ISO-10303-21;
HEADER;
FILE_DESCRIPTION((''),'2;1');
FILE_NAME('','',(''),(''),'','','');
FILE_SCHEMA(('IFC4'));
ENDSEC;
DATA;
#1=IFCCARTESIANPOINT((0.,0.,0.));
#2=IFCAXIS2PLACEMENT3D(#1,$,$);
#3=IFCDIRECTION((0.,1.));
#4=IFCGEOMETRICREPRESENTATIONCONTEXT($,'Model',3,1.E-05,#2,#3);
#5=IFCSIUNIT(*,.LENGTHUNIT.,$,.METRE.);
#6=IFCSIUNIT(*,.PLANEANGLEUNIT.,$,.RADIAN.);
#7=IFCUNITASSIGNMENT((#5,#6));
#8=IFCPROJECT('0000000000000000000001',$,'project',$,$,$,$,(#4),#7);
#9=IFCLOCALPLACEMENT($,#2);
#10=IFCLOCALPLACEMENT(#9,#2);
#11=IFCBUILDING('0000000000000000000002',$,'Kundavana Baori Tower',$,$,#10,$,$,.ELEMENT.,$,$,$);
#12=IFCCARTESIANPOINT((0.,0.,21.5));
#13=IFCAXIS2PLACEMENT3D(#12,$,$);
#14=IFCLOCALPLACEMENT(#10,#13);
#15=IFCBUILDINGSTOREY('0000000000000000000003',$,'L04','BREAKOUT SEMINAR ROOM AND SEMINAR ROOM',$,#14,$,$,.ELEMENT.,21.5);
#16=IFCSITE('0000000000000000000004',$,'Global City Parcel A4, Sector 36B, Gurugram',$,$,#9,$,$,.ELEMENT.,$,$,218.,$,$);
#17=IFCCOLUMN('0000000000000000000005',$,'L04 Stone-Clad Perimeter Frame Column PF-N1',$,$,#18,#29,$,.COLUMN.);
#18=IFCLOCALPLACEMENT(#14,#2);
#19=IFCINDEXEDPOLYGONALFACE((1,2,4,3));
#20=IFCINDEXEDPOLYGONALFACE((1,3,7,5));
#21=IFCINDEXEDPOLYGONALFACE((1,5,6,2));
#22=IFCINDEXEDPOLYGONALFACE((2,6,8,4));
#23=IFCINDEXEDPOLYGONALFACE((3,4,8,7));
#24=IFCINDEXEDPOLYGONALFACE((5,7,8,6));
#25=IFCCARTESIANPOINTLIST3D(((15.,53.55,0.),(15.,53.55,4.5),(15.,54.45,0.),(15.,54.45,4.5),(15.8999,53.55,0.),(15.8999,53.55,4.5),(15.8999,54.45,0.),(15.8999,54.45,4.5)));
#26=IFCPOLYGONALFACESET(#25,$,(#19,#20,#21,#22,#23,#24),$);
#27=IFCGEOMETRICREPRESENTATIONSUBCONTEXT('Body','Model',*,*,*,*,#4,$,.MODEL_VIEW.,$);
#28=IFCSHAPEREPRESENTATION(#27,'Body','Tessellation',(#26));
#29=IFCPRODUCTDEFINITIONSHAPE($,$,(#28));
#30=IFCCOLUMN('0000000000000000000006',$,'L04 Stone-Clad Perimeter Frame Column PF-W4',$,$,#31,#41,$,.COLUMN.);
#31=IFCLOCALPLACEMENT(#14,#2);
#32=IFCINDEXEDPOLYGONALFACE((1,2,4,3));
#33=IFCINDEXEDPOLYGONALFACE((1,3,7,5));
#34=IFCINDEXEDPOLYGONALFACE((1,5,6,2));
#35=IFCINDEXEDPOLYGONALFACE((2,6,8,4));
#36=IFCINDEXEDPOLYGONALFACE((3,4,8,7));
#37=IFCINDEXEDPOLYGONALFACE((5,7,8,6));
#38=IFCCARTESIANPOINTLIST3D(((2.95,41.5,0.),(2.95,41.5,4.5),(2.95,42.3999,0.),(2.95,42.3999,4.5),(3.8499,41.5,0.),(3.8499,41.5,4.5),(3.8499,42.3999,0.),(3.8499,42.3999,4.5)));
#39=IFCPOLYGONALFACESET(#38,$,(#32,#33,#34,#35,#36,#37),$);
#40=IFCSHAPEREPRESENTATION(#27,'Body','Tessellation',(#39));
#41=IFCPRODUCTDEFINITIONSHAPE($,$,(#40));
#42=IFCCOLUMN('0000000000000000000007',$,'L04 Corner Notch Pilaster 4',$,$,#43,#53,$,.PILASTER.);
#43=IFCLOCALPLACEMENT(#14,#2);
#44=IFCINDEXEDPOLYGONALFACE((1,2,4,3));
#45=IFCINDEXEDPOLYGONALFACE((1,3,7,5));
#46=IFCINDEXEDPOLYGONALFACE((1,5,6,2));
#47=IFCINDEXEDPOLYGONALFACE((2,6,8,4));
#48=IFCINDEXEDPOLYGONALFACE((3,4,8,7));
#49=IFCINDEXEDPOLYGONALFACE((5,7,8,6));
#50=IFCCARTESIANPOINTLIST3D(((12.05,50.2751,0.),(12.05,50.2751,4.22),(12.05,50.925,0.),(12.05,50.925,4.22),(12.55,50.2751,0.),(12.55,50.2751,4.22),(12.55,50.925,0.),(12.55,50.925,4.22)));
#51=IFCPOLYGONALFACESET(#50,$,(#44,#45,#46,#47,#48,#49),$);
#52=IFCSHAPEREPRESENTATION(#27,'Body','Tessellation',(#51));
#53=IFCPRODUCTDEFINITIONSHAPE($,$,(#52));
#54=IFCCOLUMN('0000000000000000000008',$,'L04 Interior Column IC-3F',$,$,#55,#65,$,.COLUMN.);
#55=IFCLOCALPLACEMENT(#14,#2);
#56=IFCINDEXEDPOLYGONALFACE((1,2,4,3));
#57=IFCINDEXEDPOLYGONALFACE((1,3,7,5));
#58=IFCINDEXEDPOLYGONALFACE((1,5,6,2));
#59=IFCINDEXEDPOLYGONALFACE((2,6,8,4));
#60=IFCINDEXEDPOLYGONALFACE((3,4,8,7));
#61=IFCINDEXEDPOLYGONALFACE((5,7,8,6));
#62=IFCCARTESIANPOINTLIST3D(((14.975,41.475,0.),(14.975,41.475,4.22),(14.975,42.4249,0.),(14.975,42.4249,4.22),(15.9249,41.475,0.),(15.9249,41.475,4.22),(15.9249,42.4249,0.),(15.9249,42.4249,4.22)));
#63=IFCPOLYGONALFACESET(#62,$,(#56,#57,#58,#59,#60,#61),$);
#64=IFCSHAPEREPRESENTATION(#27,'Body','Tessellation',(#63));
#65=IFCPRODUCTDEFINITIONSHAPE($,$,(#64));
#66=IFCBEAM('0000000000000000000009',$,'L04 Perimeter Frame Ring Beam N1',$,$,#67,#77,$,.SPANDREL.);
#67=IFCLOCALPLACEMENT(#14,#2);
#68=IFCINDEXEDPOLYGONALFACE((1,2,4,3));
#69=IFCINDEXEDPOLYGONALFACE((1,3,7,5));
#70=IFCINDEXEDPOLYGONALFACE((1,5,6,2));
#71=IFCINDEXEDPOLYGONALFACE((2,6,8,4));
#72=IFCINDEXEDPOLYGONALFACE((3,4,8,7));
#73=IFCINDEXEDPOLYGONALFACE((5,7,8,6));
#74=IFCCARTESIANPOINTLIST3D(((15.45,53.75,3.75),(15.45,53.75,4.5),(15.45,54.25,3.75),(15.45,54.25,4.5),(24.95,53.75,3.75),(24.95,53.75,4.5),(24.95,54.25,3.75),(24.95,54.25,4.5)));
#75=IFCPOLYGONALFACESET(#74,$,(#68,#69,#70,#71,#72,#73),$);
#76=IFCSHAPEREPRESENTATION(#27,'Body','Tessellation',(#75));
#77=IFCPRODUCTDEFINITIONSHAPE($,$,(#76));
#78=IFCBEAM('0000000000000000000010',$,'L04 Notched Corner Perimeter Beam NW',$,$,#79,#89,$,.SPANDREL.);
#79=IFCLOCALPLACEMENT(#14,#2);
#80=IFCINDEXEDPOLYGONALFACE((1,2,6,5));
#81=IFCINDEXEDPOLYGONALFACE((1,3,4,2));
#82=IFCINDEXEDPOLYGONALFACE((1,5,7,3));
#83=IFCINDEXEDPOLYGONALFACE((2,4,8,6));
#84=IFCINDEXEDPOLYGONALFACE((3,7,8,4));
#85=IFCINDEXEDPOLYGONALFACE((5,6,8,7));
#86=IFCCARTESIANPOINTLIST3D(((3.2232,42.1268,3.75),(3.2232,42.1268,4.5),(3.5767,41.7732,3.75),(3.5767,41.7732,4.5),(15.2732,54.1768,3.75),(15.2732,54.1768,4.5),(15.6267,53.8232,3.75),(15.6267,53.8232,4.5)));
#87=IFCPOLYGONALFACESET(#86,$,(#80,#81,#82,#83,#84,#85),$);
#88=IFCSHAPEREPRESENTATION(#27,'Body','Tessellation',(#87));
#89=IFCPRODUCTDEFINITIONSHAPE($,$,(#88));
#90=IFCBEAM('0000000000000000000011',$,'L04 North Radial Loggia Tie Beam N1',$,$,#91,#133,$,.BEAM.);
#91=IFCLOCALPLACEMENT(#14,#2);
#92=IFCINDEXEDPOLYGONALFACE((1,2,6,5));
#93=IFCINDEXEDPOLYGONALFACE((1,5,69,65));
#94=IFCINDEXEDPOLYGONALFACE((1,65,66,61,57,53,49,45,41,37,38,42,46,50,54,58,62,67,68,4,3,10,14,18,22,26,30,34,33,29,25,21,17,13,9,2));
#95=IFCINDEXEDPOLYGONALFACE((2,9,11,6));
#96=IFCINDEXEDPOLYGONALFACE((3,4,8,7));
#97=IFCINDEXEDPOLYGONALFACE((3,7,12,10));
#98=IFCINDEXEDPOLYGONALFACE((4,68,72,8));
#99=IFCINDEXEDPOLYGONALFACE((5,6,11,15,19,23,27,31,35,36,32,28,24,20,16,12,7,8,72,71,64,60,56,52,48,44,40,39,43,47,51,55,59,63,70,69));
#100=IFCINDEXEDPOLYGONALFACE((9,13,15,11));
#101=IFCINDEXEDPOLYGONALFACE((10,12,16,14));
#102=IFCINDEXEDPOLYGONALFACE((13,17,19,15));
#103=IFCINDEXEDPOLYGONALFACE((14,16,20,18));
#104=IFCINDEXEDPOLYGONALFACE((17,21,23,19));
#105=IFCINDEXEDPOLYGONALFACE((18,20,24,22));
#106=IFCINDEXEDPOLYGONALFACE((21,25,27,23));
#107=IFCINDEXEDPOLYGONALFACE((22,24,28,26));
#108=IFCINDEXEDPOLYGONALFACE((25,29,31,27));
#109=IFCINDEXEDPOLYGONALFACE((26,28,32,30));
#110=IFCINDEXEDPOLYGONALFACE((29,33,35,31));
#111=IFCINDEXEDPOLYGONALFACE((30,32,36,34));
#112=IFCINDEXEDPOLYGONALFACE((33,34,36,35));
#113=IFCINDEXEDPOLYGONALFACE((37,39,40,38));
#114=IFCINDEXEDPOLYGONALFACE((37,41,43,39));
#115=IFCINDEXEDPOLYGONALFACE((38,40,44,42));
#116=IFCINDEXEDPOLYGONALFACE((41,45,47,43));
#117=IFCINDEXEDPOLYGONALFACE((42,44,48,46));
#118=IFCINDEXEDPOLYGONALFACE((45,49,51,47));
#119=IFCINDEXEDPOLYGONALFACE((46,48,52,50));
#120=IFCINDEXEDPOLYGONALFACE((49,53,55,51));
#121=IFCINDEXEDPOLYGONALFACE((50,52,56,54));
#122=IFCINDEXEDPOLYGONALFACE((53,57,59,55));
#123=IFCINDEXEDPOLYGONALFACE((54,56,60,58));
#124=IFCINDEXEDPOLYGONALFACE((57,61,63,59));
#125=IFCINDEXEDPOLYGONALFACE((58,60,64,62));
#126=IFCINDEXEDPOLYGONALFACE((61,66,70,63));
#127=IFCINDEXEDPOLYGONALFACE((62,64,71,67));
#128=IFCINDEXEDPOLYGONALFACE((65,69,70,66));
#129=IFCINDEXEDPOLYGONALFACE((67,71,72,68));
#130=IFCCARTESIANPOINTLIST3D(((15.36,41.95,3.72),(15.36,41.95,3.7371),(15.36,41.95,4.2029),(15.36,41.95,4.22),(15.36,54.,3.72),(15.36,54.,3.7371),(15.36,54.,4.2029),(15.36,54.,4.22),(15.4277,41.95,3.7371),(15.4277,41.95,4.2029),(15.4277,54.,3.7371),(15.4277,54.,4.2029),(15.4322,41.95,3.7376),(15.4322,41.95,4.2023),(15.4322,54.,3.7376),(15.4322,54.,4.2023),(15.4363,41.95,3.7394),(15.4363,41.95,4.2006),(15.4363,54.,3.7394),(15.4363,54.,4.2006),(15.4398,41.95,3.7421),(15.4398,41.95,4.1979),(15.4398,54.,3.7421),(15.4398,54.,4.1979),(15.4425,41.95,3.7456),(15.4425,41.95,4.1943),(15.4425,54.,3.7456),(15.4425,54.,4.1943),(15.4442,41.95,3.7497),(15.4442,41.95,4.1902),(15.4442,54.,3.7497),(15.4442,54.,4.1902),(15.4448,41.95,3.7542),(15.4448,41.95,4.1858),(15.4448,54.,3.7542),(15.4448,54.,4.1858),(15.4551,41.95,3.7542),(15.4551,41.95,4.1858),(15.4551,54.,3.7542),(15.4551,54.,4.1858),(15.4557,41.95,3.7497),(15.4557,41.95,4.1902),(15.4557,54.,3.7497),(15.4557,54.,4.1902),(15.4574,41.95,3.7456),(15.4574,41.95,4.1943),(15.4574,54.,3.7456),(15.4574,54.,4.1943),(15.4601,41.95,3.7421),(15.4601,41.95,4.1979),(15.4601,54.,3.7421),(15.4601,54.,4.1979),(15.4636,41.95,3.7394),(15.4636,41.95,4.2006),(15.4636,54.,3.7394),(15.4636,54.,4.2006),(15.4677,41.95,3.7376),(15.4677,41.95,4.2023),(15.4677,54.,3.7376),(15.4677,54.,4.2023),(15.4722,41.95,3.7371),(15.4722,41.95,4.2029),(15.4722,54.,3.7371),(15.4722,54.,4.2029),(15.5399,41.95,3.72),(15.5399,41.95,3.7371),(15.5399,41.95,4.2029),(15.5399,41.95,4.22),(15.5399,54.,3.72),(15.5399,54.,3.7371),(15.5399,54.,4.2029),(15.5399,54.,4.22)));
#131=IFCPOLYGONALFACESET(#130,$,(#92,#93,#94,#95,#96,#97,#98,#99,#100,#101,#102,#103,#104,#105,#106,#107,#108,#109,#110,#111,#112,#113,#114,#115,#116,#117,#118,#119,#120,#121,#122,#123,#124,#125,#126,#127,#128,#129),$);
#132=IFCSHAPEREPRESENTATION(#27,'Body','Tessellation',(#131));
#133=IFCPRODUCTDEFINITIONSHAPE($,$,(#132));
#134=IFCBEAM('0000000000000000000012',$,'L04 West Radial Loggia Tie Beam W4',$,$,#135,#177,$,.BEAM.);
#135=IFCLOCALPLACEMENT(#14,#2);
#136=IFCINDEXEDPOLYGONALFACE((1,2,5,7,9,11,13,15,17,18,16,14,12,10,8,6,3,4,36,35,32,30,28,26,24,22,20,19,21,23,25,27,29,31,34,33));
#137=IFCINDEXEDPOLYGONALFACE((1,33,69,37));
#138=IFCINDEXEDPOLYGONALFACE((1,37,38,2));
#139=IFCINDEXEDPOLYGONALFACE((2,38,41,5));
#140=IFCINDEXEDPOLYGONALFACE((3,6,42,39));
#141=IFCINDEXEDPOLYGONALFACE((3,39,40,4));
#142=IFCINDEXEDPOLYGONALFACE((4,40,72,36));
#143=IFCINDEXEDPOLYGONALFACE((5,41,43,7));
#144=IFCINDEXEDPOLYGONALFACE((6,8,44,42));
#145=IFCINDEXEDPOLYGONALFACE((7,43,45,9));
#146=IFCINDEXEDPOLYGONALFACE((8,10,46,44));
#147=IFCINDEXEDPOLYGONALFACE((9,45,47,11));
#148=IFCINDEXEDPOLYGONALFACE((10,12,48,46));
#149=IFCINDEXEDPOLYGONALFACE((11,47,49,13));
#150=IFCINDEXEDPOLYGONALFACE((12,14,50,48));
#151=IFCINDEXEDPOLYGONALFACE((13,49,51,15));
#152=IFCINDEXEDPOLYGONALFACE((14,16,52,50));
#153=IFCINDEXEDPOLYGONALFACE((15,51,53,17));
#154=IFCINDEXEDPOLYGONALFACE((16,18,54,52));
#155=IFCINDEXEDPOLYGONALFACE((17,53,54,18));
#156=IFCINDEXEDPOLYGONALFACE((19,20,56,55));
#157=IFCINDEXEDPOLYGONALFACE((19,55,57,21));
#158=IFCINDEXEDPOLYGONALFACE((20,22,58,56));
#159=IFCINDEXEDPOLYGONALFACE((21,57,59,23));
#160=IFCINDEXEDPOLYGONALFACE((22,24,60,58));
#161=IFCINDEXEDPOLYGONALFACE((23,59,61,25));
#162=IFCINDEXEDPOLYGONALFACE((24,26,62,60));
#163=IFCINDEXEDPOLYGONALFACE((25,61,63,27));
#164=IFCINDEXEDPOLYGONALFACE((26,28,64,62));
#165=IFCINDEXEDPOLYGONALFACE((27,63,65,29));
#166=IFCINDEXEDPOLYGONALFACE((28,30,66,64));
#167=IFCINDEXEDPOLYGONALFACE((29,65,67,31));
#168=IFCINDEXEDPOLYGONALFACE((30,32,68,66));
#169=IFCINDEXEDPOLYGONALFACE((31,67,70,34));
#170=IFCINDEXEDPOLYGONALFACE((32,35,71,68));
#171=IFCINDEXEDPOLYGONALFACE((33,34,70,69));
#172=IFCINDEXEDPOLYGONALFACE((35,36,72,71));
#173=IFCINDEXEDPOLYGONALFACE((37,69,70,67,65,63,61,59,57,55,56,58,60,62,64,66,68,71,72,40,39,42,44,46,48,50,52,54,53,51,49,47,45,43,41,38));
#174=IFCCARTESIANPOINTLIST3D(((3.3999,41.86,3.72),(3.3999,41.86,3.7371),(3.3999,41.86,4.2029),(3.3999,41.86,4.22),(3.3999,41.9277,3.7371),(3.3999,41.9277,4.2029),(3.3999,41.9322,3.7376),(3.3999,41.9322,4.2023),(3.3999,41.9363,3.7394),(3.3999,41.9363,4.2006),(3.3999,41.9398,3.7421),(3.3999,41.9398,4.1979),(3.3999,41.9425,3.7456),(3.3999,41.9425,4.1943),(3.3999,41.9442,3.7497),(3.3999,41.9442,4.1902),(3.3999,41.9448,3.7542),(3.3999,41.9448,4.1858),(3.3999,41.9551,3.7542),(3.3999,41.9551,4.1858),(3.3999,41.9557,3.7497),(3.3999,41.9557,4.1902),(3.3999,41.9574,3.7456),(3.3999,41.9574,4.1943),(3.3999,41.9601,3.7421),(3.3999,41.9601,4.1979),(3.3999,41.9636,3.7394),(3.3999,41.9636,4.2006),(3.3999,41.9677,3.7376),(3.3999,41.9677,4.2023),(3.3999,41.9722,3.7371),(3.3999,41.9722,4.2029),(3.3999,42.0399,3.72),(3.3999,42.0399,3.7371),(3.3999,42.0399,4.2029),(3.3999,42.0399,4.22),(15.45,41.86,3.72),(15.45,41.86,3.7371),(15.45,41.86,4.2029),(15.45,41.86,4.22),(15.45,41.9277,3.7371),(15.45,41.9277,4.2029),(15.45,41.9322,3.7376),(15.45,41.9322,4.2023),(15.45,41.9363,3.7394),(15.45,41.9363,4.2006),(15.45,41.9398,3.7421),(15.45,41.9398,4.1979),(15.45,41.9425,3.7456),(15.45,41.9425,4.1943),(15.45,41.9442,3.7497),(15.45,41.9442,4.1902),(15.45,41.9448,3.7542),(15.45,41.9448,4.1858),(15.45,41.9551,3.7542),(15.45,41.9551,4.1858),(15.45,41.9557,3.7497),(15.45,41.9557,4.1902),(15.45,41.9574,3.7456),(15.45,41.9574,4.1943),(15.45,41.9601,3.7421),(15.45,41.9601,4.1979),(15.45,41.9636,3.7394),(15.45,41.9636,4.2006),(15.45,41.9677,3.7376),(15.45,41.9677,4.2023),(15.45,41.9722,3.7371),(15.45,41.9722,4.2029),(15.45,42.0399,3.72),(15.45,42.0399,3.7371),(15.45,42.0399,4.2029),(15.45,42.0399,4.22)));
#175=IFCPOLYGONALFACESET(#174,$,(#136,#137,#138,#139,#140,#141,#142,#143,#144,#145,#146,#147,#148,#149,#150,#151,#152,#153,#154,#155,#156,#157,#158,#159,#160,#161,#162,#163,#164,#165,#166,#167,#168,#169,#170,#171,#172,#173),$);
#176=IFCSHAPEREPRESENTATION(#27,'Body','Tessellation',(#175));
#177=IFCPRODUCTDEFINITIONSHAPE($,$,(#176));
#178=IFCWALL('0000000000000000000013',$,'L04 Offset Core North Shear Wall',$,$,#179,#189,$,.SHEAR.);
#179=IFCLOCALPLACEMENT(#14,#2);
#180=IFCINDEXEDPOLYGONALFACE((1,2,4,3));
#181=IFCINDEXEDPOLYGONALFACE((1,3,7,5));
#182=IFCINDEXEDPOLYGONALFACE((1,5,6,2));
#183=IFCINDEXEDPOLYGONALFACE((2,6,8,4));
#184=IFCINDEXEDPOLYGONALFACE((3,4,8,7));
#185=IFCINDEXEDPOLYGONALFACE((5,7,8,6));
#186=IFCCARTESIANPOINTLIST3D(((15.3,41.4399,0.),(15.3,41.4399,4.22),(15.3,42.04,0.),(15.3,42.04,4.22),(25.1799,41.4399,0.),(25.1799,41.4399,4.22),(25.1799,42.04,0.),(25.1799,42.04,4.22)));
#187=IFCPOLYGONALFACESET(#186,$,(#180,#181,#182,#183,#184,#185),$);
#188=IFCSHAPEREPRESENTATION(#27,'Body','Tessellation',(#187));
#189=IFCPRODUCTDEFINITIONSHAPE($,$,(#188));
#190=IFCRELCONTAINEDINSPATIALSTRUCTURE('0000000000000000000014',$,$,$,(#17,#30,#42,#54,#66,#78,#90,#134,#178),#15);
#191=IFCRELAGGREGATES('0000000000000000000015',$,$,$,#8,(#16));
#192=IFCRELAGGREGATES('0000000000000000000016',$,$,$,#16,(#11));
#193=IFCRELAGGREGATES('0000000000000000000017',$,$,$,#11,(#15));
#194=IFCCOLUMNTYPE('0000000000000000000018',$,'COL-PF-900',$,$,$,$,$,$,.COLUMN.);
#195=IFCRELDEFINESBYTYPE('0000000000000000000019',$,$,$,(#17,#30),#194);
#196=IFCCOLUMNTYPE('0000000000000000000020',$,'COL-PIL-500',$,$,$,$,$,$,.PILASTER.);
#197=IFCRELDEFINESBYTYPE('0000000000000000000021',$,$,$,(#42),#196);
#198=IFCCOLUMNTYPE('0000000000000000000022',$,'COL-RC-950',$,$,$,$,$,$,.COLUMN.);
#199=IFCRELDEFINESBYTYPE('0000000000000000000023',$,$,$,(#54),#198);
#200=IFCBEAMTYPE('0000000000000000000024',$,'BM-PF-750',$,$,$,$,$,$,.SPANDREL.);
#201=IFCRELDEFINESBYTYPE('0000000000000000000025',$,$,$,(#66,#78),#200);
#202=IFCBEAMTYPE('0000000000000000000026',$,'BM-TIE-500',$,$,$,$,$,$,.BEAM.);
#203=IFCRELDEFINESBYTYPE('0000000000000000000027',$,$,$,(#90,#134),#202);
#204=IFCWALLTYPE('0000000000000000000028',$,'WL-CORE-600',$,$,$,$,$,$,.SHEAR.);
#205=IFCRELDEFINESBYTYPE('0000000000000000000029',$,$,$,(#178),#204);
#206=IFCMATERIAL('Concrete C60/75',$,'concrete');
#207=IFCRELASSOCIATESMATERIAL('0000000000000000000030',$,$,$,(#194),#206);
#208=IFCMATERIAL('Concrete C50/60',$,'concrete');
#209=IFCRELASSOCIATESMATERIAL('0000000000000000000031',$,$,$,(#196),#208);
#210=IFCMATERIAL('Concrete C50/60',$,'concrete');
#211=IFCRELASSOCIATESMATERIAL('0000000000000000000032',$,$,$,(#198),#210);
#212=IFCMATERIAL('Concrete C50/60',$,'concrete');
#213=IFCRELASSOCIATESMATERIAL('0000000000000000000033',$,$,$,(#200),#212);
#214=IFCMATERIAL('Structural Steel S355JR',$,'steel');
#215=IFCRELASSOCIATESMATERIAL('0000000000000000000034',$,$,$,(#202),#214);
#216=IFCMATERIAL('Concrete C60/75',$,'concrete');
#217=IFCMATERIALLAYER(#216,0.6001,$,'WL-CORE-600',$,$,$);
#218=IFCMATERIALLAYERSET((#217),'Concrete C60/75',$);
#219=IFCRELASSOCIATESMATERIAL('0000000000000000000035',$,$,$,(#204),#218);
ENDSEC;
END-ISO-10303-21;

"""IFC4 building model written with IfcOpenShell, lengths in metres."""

from ifc_helpers import new_model, si_unit, direction, frame, frame_2d, origin, origin_2d, place, context, subcontext, project, spatial, rectangle, i_section, extrude, material, layer, layer_set, material_profile, profile_set, type_object, element, save


model = new_model("IFC4")

# Units and contexts
model_context = context("Model", 3, precision=1e-05, world=origin(), true_north=direction((0.0, 1.0)))
body_context = subcontext(model_context, "Body", "Model", "MODEL_VIEW")
ifc_project = project(units=[si_unit("LENGTHUNIT", "METRE"), si_unit("PLANEANGLEUNIT", "RADIAN")], contexts=[model_context])

# Site, building, storey
site_placement = place(None, origin())
site = spatial("IfcSite", under=ifc_project, at=site_placement, Name="Global City Parcel A4, Sector 36B, Gurugram", CompositionType="ELEMENT", RefElevation=218.0)
building_placement = place(site_placement, origin())
building = spatial("IfcBuilding", under=site, at=building_placement, Name="Kundavana Baori Tower", CompositionType="ELEMENT")
storey_placement = place(building_placement, frame((0.0, 0.0, 21.5)))
storey = spatial("IfcBuildingStorey", under=building, at=storey_placement, Name="L04", Description="BREAKOUT SEMINAR ROOM AND SEMINAR ROOM", CompositionType="ELEMENT", Elevation=21.5)

# Columns
ifc_material_1 = material(Name="Concrete C60/75", Category="concrete")
ifc_material_profile_1 = material_profile(ifc_material_1, rectangle(XDim=0.8999, YDim=0.8999, at=origin_2d()), Name="RC PF 900x900")
ifc_profile_set_1 = profile_set([ifc_material_profile_1], Name="Concrete C60/75")
column_type_1 = type_object("IfcColumnType", Name="COL-PF-900", PredefinedType="COLUMN", material=ifc_profile_set_1)
for number, where, z_axis, x_axis, name in (
    (1, (15.45, 54.0, 0.0), (0.0, 0.0, 1.0), (1.0, 0.0, 0.0), "L04 Stone-Clad Perimeter Frame Column PF-N1"),
    (2, (3.3999, 41.95, 0.0), (0.0, 0.0, 1.0), (1.0, 0.0, 0.0), "L04 Stone-Clad Perimeter Frame Column PF-W4"),
):
    element("IfcColumn", number, at=place(storey_placement, frame(where, z_axis=z_axis, x_axis=x_axis)), inside=storey, type_object=column_type_1, Name=name, PredefinedType="COLUMN", context=body_context, shape_type="SweptSolid", body=[
        extrude(rectangle(XDim=0.8999, YDim=0.8999, at=origin_2d()), origin(), (0.0, 0.0, 1.0), 4.5),
    ])
ifc_material_2 = material(Name="Concrete C50/60", Category="concrete")
ifc_material_profile_2 = material_profile(ifc_material_2, rectangle(XDim=0.5, YDim=0.6499, at=origin_2d()), Name="RC PIL 500x650")
ifc_profile_set_2 = profile_set([ifc_material_profile_2], Name="Concrete C50/60")
column_type_2 = type_object("IfcColumnType", Name="COL-PIL-500", PredefinedType="PILASTER", material=ifc_profile_set_2)
column_1_placement = place(storey_placement, frame((12.3, 50.6001, 0.0), z_axis=(0.0, 0.0, 1.0), x_axis=(1.0, 0.0, 0.0)))
element("IfcColumn", 3, at=column_1_placement, inside=storey, type_object=column_type_2, Name="L04 Corner Notch Pilaster 4", PredefinedType="PILASTER", context=body_context, shape_type="SweptSolid", body=[
    extrude(rectangle(XDim=0.5, YDim=0.6499, at=origin_2d()), origin(), (0.0, 0.0, 1.0), 4.22),
])
ifc_material_3 = material(Name="Concrete C50/60", Category="concrete")
ifc_material_profile_3 = material_profile(ifc_material_3, rectangle(XDim=0.95, YDim=0.95, at=origin_2d()), Name="RC 950x950")
ifc_profile_set_3 = profile_set([ifc_material_profile_3], Name="Concrete C50/60")
column_type_3 = type_object("IfcColumnType", Name="COL-RC-950", PredefinedType="COLUMN", material=ifc_profile_set_3)
column_2_placement = place(storey_placement, frame((15.45, 41.95, 0.0), z_axis=(0.0, 0.0, 1.0), x_axis=(1.0, 0.0, 0.0)))
element("IfcColumn", 4, at=column_2_placement, inside=storey, type_object=column_type_3, Name="L04 Interior Column IC-3F", PredefinedType="COLUMN", context=body_context, shape_type="SweptSolid", body=[
    extrude(rectangle(XDim=0.95, YDim=0.95, at=origin_2d()), origin(), (0.0, 0.0, 1.0), 4.22),
])

# Beams
ifc_material_4 = material(Name="Concrete C50/60", Category="concrete")
ifc_material_profile_4 = material_profile(ifc_material_4, rectangle(XDim=0.5, YDim=0.75, at=origin_2d()), Name="RC BM 500x750")
ifc_profile_set_4 = profile_set([ifc_material_profile_4], Name="Concrete C50/60")
beam_type_1 = type_object("IfcBeamType", Name="BM-PF-750", PredefinedType="SPANDREL", material=ifc_profile_set_4)
beam_1_placement = place(storey_placement, frame((15.45, 54.0, 4.125), z_axis=(1.0, 0.0, 0.0), x_axis=(0.0, 1.0, 0.0)))
element("IfcBeam", 5, at=beam_1_placement, inside=storey, type_object=beam_type_1, Name="L04 Perimeter Frame Ring Beam N1", PredefinedType="SPANDREL", context=body_context, shape_type="SweptSolid", body=[
    extrude(rectangle(XDim=0.5, YDim=0.75, at=origin_2d()), origin(), (0.0, 0.0, 1.0), 9.5),
])
beam_2_placement = place(storey_placement, frame((15.45, 54.0, 4.125), z_axis=(-0.707107, -0.707107, 0.0), x_axis=(0.707107, -0.707107, 0.0)))
element("IfcBeam", 6, at=beam_2_placement, inside=storey, type_object=beam_type_1, Name="L04 Notched Corner Perimeter Beam NW", PredefinedType="SPANDREL", context=body_context, shape_type="SweptSolid", body=[
    extrude(rectangle(XDim=0.5, YDim=0.75, at=origin_2d()), origin(), (0.0, 0.0, 1.0), 17.0413),
])
ifc_material_5 = material(Name="Structural Steel S355JR", Category="steel")
ifc_material_profile_5 = material_profile(ifc_material_5, i_section(OverallWidth=0.1799, OverallDepth=0.5, WebThickness=0.0103, FlangeThickness=0.0171, FilletRadius=0.0171, at=origin_2d()), Name="ISMB 500")
ifc_profile_set_5 = profile_set([ifc_material_profile_5], Name="Structural Steel S355JR")
beam_type_2 = type_object("IfcBeamType", Name="BM-TIE-500", PredefinedType="BEAM", material=ifc_profile_set_5)
for number, where, z_axis, x_axis, name in (
    (7, (15.45, 41.95, 3.97), (0.0, 1.0, 0.0), (-1.0, 0.0, 0.0), "L04 North Radial Loggia Tie Beam N1"),
    (8, (15.45, 41.95, 3.97), (-1.0, 0.0, 0.0), (0.0, -1.0, 0.0), "L04 West Radial Loggia Tie Beam W4"),
):
    element("IfcBeam", number, at=place(storey_placement, frame(where, z_axis=z_axis, x_axis=x_axis)), inside=storey, type_object=beam_type_2, Name=name, PredefinedType="BEAM", context=body_context, shape_type="SweptSolid", body=[
        extrude(i_section(OverallWidth=0.1799, OverallDepth=0.5, WebThickness=0.0103, FlangeThickness=0.0171, FilletRadius=0.0171, at=origin_2d()), origin(), (0.0, 0.0, 1.0), 12.05),
    ])

# Wall
ifc_material_6 = material(Name="Concrete C60/75", Category="concrete")
ifc_layer_1 = layer(ifc_material_6, 0.6001, Name="WL-CORE-600")
ifc_layer_set_1 = layer_set([ifc_layer_1], Name="Concrete C60/75")
wall_type_1 = type_object("IfcWallType", Name="WL-CORE-600", PredefinedType="SHEAR", material=ifc_layer_set_1)
wall_1_placement = place(storey_placement, frame((15.3, 41.74, 0.0), z_axis=(0.0, 0.0, 1.0), x_axis=(1.0, 0.0, 0.0)))
element("IfcWall", 9, at=wall_1_placement, inside=storey, type_object=wall_type_1, Name="L04 Offset Core North Shear Wall", PredefinedType="SHEAR", context=body_context, shape_type="SweptSolid", body=[
    extrude(rectangle(XDim=9.8799, YDim=0.6001, at=frame_2d((4.9399, 0.0))), origin(), (0.0, 0.0, 1.0), 4.22),
])

save(model, "model.ifc")
